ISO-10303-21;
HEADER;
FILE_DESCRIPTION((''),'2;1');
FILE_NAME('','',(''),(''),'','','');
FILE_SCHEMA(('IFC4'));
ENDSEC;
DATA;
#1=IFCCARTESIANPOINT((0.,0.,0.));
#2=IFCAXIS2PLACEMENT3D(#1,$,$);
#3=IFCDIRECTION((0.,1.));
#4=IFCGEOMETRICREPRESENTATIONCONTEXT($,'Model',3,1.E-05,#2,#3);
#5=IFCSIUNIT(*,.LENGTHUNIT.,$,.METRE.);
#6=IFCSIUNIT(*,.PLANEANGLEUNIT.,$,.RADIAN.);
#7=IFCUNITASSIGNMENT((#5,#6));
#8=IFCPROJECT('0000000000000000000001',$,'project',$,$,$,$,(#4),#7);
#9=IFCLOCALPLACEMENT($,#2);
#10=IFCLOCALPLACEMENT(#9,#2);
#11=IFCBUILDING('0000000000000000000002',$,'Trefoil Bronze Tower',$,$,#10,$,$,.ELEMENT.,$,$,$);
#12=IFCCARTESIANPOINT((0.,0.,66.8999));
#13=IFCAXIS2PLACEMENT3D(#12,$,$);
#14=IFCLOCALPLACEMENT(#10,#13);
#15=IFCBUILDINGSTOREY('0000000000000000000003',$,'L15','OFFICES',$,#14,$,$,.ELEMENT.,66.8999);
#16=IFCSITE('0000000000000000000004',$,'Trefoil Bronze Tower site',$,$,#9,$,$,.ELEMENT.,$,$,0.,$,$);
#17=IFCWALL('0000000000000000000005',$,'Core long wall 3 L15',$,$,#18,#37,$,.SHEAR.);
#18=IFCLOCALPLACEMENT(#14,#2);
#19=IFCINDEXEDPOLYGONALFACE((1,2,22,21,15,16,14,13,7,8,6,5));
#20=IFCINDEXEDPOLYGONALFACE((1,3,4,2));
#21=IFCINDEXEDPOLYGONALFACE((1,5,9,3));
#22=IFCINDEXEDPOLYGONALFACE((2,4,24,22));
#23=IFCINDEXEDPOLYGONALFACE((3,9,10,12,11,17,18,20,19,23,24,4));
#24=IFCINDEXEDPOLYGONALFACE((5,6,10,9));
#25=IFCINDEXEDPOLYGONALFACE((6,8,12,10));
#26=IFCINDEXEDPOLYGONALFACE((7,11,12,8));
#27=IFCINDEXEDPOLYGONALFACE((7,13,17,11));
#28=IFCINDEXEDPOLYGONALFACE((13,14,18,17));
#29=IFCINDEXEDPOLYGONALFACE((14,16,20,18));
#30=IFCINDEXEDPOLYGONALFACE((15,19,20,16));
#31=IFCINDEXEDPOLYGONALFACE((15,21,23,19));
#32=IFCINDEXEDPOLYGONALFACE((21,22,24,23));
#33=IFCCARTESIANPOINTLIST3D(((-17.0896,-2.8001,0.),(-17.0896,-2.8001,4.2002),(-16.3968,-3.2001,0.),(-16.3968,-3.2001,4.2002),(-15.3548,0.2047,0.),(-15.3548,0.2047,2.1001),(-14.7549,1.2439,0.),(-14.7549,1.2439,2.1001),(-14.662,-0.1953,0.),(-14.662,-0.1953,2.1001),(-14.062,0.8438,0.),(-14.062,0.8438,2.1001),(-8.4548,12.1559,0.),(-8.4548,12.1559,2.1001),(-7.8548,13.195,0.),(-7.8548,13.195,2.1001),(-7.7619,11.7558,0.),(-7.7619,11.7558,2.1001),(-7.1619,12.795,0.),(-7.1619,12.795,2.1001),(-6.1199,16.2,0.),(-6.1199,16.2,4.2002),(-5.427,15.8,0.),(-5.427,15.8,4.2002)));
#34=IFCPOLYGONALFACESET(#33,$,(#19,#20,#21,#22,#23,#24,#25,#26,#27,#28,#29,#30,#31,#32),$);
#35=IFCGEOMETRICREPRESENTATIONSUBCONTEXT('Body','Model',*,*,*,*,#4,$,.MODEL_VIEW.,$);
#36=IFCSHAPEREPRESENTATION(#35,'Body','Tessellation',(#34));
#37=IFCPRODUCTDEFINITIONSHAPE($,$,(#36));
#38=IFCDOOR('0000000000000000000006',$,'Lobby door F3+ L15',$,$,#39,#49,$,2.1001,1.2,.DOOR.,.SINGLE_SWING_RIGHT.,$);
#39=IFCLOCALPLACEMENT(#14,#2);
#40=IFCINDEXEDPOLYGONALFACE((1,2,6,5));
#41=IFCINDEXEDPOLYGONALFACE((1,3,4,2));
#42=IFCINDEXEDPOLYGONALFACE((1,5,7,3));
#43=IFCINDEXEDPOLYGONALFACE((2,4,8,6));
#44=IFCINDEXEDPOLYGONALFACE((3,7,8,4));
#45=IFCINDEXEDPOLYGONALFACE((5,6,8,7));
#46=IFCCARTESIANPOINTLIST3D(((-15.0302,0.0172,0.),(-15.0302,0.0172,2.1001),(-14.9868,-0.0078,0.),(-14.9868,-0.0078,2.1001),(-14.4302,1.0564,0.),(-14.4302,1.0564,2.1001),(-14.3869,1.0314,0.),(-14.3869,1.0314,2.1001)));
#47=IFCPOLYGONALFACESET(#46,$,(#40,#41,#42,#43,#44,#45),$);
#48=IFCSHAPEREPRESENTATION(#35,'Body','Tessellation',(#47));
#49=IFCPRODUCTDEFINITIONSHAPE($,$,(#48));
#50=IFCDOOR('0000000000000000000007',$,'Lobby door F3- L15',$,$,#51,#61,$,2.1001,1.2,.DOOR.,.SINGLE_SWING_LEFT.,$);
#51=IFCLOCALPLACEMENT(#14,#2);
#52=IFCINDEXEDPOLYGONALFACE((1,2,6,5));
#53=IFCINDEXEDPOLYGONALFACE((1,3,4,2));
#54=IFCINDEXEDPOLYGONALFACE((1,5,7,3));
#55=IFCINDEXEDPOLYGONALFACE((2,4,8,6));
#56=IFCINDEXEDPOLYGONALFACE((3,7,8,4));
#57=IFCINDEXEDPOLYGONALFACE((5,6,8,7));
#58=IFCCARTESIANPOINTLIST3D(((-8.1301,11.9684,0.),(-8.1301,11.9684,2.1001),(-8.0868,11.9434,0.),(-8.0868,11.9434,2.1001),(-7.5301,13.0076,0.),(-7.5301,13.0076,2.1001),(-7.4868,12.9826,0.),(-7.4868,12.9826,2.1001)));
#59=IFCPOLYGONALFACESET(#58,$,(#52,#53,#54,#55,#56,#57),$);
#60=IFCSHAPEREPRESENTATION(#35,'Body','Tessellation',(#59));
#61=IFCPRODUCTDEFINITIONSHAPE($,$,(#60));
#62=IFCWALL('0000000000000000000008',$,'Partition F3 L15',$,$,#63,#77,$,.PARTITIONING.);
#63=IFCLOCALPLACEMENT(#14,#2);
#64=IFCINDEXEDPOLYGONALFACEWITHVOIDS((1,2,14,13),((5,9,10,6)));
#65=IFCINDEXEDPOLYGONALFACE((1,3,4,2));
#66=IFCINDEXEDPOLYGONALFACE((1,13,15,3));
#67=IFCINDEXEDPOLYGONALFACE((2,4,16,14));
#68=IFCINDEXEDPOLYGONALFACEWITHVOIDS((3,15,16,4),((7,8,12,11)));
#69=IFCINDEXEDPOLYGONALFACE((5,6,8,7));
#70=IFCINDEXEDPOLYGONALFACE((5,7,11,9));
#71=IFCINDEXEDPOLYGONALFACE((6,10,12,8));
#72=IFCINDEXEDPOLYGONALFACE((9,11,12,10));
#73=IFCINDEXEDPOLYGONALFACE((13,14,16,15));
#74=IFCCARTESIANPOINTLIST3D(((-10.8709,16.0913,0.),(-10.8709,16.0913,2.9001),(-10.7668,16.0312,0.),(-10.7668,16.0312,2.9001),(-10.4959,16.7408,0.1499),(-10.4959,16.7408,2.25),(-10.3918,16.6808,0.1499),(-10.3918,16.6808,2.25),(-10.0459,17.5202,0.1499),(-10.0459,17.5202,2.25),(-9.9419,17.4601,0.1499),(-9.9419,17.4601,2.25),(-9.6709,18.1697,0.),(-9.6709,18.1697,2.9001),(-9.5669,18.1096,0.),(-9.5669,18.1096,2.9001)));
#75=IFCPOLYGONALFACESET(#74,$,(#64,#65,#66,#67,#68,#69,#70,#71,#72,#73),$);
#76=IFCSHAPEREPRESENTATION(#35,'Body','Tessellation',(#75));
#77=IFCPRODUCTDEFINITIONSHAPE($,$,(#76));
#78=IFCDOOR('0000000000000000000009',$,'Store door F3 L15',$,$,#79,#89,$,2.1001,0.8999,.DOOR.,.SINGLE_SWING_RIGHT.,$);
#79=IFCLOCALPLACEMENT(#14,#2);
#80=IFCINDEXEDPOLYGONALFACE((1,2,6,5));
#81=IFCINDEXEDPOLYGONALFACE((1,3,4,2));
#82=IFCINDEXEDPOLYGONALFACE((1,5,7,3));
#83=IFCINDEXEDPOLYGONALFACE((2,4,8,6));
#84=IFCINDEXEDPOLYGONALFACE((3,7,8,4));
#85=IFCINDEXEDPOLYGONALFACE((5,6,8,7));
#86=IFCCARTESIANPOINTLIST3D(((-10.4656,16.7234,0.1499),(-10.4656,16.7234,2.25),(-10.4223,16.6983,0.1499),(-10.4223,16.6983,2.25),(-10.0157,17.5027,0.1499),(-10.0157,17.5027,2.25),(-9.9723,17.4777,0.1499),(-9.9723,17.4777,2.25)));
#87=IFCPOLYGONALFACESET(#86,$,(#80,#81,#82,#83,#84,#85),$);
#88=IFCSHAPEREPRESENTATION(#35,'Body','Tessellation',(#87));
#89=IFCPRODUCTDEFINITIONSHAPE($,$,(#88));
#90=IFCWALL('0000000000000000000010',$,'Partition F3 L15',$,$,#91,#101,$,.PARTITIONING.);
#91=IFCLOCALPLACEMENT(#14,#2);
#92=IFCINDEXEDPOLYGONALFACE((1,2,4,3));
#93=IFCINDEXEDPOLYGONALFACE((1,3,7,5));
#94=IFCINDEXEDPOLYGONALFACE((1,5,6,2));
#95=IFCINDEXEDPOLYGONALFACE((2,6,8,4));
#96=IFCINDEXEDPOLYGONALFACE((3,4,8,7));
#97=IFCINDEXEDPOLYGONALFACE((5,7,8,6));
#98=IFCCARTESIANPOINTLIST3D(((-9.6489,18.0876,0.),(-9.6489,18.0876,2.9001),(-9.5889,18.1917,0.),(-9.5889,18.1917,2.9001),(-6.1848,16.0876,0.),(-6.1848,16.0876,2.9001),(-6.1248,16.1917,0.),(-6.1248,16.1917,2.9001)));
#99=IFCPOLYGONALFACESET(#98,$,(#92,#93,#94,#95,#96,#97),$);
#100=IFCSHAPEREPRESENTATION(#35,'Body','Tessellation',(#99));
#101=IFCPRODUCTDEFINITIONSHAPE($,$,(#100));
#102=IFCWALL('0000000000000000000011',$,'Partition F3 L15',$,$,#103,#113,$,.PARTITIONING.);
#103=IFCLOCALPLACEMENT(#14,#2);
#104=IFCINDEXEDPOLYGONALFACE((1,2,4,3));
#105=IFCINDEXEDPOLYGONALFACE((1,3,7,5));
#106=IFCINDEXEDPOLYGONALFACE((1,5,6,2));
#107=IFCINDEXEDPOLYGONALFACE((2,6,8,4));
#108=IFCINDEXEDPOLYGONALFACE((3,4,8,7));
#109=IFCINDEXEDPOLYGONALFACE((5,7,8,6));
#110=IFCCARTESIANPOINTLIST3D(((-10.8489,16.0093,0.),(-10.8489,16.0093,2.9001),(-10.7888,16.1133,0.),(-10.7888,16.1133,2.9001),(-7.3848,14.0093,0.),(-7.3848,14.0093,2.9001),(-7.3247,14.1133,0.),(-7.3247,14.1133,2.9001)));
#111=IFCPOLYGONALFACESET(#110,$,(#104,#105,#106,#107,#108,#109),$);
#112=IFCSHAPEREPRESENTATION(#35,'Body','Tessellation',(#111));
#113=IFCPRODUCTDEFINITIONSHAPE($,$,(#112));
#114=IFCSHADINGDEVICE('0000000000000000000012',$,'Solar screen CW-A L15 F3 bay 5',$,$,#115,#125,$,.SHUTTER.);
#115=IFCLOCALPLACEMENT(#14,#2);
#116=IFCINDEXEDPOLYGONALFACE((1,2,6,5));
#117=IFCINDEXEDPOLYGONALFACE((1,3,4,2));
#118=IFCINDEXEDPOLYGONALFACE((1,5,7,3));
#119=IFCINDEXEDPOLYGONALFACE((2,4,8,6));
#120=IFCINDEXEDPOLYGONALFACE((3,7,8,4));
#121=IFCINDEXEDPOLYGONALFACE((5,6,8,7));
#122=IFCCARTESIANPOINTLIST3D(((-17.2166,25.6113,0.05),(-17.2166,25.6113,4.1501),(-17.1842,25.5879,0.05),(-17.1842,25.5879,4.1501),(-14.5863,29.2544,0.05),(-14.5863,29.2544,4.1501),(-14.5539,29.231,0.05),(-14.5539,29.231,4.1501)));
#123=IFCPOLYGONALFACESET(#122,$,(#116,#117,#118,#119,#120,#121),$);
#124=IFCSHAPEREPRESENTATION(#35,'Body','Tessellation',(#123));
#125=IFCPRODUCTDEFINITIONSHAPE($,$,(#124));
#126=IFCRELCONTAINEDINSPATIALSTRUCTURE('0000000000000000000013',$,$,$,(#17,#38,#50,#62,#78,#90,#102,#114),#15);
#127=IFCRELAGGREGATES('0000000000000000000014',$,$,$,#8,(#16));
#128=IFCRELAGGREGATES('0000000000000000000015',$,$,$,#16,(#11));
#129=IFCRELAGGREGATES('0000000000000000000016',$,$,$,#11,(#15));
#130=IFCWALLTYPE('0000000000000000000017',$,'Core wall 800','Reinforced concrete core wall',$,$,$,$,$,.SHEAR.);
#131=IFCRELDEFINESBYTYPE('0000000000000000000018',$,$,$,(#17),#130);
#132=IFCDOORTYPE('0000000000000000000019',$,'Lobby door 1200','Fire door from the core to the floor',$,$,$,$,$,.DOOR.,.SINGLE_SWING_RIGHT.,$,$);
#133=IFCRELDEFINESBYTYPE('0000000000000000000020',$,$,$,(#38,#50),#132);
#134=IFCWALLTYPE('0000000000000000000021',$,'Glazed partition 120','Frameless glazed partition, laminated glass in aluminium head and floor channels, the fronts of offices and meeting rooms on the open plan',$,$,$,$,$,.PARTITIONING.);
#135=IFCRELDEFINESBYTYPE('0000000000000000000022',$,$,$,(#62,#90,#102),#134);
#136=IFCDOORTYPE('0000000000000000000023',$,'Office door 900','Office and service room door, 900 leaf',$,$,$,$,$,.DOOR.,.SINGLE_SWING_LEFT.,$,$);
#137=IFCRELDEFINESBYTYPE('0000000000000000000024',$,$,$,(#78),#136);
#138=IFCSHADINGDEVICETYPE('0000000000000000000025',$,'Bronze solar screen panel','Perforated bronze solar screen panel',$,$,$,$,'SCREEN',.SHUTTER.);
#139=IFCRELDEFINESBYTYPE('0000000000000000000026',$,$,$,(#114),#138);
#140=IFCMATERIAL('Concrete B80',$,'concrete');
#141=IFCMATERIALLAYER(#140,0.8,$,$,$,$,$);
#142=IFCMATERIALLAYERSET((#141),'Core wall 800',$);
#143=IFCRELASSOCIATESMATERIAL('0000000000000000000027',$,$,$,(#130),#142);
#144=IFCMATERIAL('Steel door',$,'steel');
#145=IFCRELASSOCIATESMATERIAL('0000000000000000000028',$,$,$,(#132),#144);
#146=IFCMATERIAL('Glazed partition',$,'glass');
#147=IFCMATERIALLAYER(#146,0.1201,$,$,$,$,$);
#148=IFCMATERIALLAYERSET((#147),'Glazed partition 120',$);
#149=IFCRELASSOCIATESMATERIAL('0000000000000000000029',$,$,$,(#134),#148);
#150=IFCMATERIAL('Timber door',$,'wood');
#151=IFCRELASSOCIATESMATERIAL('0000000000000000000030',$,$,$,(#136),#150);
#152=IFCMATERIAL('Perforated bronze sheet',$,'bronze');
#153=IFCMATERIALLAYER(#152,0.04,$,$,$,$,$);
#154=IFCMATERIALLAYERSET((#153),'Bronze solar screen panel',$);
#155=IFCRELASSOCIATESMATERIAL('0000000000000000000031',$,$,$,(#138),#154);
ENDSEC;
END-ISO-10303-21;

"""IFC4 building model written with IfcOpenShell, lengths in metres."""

from ifc_helpers import new_model, si_unit, direction, frame, frame_2d, origin, origin_2d, place, context, subcontext, project, spatial, rectangle, extrude, material, layer, layer_set, type_object, element, fill, save


model = new_model("IFC4")

# Units and contexts
model_context = context("Model", 3, precision=1e-05, world=origin(), true_north=direction((0.0, 1.0)))
body_context = subcontext(model_context, "Body", "Model", "MODEL_VIEW")
ifc_project = project(units=[si_unit("LENGTHUNIT", "METRE"), si_unit("PLANEANGLEUNIT", "RADIAN")], contexts=[model_context])

# Site, building, storey
site_placement = place(None, origin())
site = spatial("IfcSite", under=ifc_project, at=site_placement, Name="Trefoil Bronze Tower site", CompositionType="ELEMENT", RefElevation=0.0)
building_placement = place(site_placement, origin())
building = spatial("IfcBuilding", under=site, at=building_placement, Name="Trefoil Bronze Tower", CompositionType="ELEMENT")
storey_placement = place(building_placement, frame((0.0, 0.0, 66.8999)))
storey = spatial("IfcBuildingStorey", under=building, at=storey_placement, Name="L15", Description="OFFICES", CompositionType="ELEMENT", Elevation=66.8999)

# Wall, openings, doors
ifc_material_1 = material(Name="Concrete B80", Category="concrete")
ifc_layer_1 = layer(ifc_material_1, 0.8)
ifc_layer_set_1 = layer_set([ifc_layer_1], Name="Core wall 800")
wall_type_1 = type_object("IfcWallType", Name="Core wall 800", Description="Reinforced concrete core wall", PredefinedType="SHEAR", material=ifc_layer_set_1)
wall_1_placement = place(storey_placement, frame((-5.7734, 16.0, 0.0), z_axis=(0.0, 0.0, 1.0), x_axis=(-0.500002, -0.866024, 0.0)))
wall_1 = element("IfcWall", 1, at=wall_1_placement, inside=storey, type_object=wall_type_1, Name="Core long wall 3 L15", PredefinedType="SHEAR", context=body_context, shape_type="SweptSolid", body=[
    extrude(rectangle(XDim=21.9395, YDim=0.8, at=frame_2d((10.9697, 0.0))), origin(), (0.0, 0.0, 1.0), 4.2002),
])
opening_1_placement = place(wall_1_placement, frame((17.2698, 0.0, 0.0)))
opening_1 = element("IfcOpeningElement", 2, at=opening_1_placement, cuts=wall_1, PredefinedType="OPENING", context=body_context, shape_type="SweptSolid", body=[
    extrude(rectangle(XDim=1.2, YDim=2.1001, at=frame_2d((0.6001, 1.05))), frame((0.0, 0.4099, 0.0), z_axis=(0.0, -1.0, 0.0), x_axis=(1.0, 0.0, 0.0)), (0.0, 0.0, 1.0), 0.8201),
])
opening_2_placement = place(wall_1_placement, frame((3.4697, 0.0, 0.0)))
opening_2 = element("IfcOpeningElement", 3, at=opening_2_placement, cuts=wall_1, PredefinedType="OPENING", context=body_context, shape_type="SweptSolid", body=[
    extrude(rectangle(XDim=1.2, YDim=2.1001, at=frame_2d((0.6001, 1.05))), frame((0.0, 0.4099, 0.0), z_axis=(0.0, -1.0, 0.0), x_axis=(1.0, 0.0, 0.0)), (0.0, 0.0, 1.0), 0.8201),
])
ifc_material_2 = material(Name="Steel door", Category="steel")
door_type_1 = type_object("IfcDoorType", Name="Lobby door 1200", Description="Fire door from the core to the floor", OperationType="SINGLE_SWING_RIGHT", PredefinedType="DOOR", material=ifc_material_2)
door_1_placement = place(opening_1_placement, origin())
door_1 = element("IfcDoor", 4, at=door_1_placement, inside=storey, type_object=door_type_1, Name="Lobby door F3+ L15", OperationType="SINGLE_SWING_RIGHT", OverallHeight=2.1001, OverallWidth=1.2, PredefinedType="DOOR", context=body_context, shape_type="SweptSolid", body=[
    extrude(rectangle(XDim=1.2, YDim=2.1001, at=frame_2d((0.6001, 1.05))), frame((0.0, 0.0249, 0.0), z_axis=(0.0, -1.0, 0.0), x_axis=(1.0, 0.0, 0.0)), (0.0, 0.0, 1.0), 0.05),
])
fill(opening_1, door_1)
door_2_placement = place(opening_2_placement, origin())
door_2 = element("IfcDoor", 5, at=door_2_placement, inside=storey, type_object=door_type_1, Name="Lobby door F3- L15", OperationType="SINGLE_SWING_LEFT", OverallHeight=2.1001, OverallWidth=1.2, PredefinedType="DOOR", context=body_context, shape_type="SweptSolid", body=[
    extrude(rectangle(XDim=1.2, YDim=2.1001, at=frame_2d((0.6001, 1.05))), frame((0.0, 0.0249, 0.0), z_axis=(0.0, -1.0, 0.0), x_axis=(1.0, 0.0, 0.0)), (0.0, 0.0, 1.0), 0.05),
])
fill(opening_2, door_2)

# Wall, opening, door
ifc_material_3 = material(Name="Glazed partition", Category="glass")
ifc_layer_2 = layer(ifc_material_3, 0.1201)
ifc_layer_set_2 = layer_set([ifc_layer_2], Name="Glazed partition 120")
wall_type_2 = type_object("IfcWallType", Name="Glazed partition 120", Description="Frameless glazed partition, laminated glass in aluminium head and floor channels, the fronts of offices and meeting rooms on the open plan", PredefinedType="PARTITIONING", material=ifc_layer_set_2)
wall_2_placement = place(storey_placement, frame((-9.6189, 18.1396, 0.0), z_axis=(0.0, 0.0, 1.0), x_axis=(-0.500001, -0.866025, 0.0)))
wall_2 = element("IfcWall", 6, at=wall_2_placement, inside=storey, type_object=wall_type_2, Name="Partition F3 L15", PredefinedType="PARTITIONING", context=body_context, shape_type="SweptSolid", body=[
    extrude(rectangle(XDim=2.3999, YDim=0.1201, at=frame_2d((1.2, 0.0))), origin(), (0.0, 0.0, 1.0), 2.9001),
])
opening_3_placement = place(wall_2_placement, frame((0.75, 0.0, 0.1499)))
opening_3 = element("IfcOpeningElement", 7, at=opening_3_placement, cuts=wall_2, PredefinedType="OPENING", context=body_context, shape_type="SweptSolid", body=[
    extrude(rectangle(XDim=0.8999, YDim=2.1001, at=frame_2d((0.45, 1.05))), frame((0.0, 0.0701, 0.0), z_axis=(0.0, -1.0, 0.0), x_axis=(1.0, 0.0, 0.0)), (0.0, 0.0, 1.0), 0.1401),
])
ifc_material_4 = material(Name="Timber door", Category="wood")
door_type_2 = type_object("IfcDoorType", Name="Office door 900", Description="Office and service room door, 900 leaf", OperationType="SINGLE_SWING_LEFT", PredefinedType="DOOR", material=ifc_material_4)
door_3_placement = place(opening_3_placement, origin())
door_3 = element("IfcDoor", 8, at=door_3_placement, inside=storey, type_object=door_type_2, Name="Store door F3 L15", OperationType="SINGLE_SWING_RIGHT", OverallHeight=2.1001, OverallWidth=0.8999, PredefinedType="DOOR", context=body_context, shape_type="SweptSolid", body=[
    extrude(rectangle(XDim=0.8999, YDim=2.1001, at=frame_2d((0.45, 1.05))), frame((0.0, 0.0249, 0.0), z_axis=(0.0, -1.0, 0.0), x_axis=(1.0, 0.0, 0.0)), (0.0, 0.0, 1.0), 0.05),
])
fill(opening_3, door_3)

# Walls
for number, where, z_axis, x_axis, name in (
    (9, (-6.1548, 16.1396, 0.0), (0.0, 0.0, 1.0), (-0.866026, 0.499999, 0.0), "Partition F3 L15"),
    (10, (-7.3547, 14.0613, 0.0), (0.0, 0.0, 1.0), (-0.866026, 0.499999, 0.0), "Partition F3 L15"),
):
    element("IfcWall", number, at=place(storey_placement, frame(where, z_axis=z_axis, x_axis=x_axis)), inside=storey, type_object=wall_type_2, Name=name, PredefinedType="PARTITIONING", context=body_context, shape_type="SweptSolid", body=[
        extrude(rectangle(XDim=4.0, YDim=0.1201, at=frame_2d((2.0, 0.0))), origin(), (0.0, 0.0, 1.0), 2.9001),
    ])

# Shading device
ifc_material_5 = material(Name="Perforated bronze sheet", Category="bronze")
ifc_layer_3 = layer(ifc_material_5, 0.04)
ifc_layer_set_3 = layer_set([ifc_layer_3], Name="Bronze solar screen panel")
shading_device_type = type_object("IfcShadingDeviceType", Name="Bronze solar screen panel", Description="Perforated bronze solar screen panel", ElementType="SCREEN", PredefinedType="SHUTTER", material=ifc_layer_set_3)
shading_device_placement = place(storey_placement, frame((-15.8853, 27.4211, 0.05), z_axis=(0.0, 0.0, 1.0), x_axis=(-0.585373, -0.810764, 0.0)))
element("IfcShadingDevice", 11, at=shading_device_placement, inside=storey, type_object=shading_device_type, Name="Solar screen CW-A L15 F3 bay 5", PredefinedType="SHUTTER", context=body_context, shape_type="SweptSolid", body=[
    extrude(rectangle(XDim=4.4934, YDim=0.04, at=origin_2d()), origin(), (0.0, 0.0, 1.0), 4.1001),
])

save(model, "model.ifc")
